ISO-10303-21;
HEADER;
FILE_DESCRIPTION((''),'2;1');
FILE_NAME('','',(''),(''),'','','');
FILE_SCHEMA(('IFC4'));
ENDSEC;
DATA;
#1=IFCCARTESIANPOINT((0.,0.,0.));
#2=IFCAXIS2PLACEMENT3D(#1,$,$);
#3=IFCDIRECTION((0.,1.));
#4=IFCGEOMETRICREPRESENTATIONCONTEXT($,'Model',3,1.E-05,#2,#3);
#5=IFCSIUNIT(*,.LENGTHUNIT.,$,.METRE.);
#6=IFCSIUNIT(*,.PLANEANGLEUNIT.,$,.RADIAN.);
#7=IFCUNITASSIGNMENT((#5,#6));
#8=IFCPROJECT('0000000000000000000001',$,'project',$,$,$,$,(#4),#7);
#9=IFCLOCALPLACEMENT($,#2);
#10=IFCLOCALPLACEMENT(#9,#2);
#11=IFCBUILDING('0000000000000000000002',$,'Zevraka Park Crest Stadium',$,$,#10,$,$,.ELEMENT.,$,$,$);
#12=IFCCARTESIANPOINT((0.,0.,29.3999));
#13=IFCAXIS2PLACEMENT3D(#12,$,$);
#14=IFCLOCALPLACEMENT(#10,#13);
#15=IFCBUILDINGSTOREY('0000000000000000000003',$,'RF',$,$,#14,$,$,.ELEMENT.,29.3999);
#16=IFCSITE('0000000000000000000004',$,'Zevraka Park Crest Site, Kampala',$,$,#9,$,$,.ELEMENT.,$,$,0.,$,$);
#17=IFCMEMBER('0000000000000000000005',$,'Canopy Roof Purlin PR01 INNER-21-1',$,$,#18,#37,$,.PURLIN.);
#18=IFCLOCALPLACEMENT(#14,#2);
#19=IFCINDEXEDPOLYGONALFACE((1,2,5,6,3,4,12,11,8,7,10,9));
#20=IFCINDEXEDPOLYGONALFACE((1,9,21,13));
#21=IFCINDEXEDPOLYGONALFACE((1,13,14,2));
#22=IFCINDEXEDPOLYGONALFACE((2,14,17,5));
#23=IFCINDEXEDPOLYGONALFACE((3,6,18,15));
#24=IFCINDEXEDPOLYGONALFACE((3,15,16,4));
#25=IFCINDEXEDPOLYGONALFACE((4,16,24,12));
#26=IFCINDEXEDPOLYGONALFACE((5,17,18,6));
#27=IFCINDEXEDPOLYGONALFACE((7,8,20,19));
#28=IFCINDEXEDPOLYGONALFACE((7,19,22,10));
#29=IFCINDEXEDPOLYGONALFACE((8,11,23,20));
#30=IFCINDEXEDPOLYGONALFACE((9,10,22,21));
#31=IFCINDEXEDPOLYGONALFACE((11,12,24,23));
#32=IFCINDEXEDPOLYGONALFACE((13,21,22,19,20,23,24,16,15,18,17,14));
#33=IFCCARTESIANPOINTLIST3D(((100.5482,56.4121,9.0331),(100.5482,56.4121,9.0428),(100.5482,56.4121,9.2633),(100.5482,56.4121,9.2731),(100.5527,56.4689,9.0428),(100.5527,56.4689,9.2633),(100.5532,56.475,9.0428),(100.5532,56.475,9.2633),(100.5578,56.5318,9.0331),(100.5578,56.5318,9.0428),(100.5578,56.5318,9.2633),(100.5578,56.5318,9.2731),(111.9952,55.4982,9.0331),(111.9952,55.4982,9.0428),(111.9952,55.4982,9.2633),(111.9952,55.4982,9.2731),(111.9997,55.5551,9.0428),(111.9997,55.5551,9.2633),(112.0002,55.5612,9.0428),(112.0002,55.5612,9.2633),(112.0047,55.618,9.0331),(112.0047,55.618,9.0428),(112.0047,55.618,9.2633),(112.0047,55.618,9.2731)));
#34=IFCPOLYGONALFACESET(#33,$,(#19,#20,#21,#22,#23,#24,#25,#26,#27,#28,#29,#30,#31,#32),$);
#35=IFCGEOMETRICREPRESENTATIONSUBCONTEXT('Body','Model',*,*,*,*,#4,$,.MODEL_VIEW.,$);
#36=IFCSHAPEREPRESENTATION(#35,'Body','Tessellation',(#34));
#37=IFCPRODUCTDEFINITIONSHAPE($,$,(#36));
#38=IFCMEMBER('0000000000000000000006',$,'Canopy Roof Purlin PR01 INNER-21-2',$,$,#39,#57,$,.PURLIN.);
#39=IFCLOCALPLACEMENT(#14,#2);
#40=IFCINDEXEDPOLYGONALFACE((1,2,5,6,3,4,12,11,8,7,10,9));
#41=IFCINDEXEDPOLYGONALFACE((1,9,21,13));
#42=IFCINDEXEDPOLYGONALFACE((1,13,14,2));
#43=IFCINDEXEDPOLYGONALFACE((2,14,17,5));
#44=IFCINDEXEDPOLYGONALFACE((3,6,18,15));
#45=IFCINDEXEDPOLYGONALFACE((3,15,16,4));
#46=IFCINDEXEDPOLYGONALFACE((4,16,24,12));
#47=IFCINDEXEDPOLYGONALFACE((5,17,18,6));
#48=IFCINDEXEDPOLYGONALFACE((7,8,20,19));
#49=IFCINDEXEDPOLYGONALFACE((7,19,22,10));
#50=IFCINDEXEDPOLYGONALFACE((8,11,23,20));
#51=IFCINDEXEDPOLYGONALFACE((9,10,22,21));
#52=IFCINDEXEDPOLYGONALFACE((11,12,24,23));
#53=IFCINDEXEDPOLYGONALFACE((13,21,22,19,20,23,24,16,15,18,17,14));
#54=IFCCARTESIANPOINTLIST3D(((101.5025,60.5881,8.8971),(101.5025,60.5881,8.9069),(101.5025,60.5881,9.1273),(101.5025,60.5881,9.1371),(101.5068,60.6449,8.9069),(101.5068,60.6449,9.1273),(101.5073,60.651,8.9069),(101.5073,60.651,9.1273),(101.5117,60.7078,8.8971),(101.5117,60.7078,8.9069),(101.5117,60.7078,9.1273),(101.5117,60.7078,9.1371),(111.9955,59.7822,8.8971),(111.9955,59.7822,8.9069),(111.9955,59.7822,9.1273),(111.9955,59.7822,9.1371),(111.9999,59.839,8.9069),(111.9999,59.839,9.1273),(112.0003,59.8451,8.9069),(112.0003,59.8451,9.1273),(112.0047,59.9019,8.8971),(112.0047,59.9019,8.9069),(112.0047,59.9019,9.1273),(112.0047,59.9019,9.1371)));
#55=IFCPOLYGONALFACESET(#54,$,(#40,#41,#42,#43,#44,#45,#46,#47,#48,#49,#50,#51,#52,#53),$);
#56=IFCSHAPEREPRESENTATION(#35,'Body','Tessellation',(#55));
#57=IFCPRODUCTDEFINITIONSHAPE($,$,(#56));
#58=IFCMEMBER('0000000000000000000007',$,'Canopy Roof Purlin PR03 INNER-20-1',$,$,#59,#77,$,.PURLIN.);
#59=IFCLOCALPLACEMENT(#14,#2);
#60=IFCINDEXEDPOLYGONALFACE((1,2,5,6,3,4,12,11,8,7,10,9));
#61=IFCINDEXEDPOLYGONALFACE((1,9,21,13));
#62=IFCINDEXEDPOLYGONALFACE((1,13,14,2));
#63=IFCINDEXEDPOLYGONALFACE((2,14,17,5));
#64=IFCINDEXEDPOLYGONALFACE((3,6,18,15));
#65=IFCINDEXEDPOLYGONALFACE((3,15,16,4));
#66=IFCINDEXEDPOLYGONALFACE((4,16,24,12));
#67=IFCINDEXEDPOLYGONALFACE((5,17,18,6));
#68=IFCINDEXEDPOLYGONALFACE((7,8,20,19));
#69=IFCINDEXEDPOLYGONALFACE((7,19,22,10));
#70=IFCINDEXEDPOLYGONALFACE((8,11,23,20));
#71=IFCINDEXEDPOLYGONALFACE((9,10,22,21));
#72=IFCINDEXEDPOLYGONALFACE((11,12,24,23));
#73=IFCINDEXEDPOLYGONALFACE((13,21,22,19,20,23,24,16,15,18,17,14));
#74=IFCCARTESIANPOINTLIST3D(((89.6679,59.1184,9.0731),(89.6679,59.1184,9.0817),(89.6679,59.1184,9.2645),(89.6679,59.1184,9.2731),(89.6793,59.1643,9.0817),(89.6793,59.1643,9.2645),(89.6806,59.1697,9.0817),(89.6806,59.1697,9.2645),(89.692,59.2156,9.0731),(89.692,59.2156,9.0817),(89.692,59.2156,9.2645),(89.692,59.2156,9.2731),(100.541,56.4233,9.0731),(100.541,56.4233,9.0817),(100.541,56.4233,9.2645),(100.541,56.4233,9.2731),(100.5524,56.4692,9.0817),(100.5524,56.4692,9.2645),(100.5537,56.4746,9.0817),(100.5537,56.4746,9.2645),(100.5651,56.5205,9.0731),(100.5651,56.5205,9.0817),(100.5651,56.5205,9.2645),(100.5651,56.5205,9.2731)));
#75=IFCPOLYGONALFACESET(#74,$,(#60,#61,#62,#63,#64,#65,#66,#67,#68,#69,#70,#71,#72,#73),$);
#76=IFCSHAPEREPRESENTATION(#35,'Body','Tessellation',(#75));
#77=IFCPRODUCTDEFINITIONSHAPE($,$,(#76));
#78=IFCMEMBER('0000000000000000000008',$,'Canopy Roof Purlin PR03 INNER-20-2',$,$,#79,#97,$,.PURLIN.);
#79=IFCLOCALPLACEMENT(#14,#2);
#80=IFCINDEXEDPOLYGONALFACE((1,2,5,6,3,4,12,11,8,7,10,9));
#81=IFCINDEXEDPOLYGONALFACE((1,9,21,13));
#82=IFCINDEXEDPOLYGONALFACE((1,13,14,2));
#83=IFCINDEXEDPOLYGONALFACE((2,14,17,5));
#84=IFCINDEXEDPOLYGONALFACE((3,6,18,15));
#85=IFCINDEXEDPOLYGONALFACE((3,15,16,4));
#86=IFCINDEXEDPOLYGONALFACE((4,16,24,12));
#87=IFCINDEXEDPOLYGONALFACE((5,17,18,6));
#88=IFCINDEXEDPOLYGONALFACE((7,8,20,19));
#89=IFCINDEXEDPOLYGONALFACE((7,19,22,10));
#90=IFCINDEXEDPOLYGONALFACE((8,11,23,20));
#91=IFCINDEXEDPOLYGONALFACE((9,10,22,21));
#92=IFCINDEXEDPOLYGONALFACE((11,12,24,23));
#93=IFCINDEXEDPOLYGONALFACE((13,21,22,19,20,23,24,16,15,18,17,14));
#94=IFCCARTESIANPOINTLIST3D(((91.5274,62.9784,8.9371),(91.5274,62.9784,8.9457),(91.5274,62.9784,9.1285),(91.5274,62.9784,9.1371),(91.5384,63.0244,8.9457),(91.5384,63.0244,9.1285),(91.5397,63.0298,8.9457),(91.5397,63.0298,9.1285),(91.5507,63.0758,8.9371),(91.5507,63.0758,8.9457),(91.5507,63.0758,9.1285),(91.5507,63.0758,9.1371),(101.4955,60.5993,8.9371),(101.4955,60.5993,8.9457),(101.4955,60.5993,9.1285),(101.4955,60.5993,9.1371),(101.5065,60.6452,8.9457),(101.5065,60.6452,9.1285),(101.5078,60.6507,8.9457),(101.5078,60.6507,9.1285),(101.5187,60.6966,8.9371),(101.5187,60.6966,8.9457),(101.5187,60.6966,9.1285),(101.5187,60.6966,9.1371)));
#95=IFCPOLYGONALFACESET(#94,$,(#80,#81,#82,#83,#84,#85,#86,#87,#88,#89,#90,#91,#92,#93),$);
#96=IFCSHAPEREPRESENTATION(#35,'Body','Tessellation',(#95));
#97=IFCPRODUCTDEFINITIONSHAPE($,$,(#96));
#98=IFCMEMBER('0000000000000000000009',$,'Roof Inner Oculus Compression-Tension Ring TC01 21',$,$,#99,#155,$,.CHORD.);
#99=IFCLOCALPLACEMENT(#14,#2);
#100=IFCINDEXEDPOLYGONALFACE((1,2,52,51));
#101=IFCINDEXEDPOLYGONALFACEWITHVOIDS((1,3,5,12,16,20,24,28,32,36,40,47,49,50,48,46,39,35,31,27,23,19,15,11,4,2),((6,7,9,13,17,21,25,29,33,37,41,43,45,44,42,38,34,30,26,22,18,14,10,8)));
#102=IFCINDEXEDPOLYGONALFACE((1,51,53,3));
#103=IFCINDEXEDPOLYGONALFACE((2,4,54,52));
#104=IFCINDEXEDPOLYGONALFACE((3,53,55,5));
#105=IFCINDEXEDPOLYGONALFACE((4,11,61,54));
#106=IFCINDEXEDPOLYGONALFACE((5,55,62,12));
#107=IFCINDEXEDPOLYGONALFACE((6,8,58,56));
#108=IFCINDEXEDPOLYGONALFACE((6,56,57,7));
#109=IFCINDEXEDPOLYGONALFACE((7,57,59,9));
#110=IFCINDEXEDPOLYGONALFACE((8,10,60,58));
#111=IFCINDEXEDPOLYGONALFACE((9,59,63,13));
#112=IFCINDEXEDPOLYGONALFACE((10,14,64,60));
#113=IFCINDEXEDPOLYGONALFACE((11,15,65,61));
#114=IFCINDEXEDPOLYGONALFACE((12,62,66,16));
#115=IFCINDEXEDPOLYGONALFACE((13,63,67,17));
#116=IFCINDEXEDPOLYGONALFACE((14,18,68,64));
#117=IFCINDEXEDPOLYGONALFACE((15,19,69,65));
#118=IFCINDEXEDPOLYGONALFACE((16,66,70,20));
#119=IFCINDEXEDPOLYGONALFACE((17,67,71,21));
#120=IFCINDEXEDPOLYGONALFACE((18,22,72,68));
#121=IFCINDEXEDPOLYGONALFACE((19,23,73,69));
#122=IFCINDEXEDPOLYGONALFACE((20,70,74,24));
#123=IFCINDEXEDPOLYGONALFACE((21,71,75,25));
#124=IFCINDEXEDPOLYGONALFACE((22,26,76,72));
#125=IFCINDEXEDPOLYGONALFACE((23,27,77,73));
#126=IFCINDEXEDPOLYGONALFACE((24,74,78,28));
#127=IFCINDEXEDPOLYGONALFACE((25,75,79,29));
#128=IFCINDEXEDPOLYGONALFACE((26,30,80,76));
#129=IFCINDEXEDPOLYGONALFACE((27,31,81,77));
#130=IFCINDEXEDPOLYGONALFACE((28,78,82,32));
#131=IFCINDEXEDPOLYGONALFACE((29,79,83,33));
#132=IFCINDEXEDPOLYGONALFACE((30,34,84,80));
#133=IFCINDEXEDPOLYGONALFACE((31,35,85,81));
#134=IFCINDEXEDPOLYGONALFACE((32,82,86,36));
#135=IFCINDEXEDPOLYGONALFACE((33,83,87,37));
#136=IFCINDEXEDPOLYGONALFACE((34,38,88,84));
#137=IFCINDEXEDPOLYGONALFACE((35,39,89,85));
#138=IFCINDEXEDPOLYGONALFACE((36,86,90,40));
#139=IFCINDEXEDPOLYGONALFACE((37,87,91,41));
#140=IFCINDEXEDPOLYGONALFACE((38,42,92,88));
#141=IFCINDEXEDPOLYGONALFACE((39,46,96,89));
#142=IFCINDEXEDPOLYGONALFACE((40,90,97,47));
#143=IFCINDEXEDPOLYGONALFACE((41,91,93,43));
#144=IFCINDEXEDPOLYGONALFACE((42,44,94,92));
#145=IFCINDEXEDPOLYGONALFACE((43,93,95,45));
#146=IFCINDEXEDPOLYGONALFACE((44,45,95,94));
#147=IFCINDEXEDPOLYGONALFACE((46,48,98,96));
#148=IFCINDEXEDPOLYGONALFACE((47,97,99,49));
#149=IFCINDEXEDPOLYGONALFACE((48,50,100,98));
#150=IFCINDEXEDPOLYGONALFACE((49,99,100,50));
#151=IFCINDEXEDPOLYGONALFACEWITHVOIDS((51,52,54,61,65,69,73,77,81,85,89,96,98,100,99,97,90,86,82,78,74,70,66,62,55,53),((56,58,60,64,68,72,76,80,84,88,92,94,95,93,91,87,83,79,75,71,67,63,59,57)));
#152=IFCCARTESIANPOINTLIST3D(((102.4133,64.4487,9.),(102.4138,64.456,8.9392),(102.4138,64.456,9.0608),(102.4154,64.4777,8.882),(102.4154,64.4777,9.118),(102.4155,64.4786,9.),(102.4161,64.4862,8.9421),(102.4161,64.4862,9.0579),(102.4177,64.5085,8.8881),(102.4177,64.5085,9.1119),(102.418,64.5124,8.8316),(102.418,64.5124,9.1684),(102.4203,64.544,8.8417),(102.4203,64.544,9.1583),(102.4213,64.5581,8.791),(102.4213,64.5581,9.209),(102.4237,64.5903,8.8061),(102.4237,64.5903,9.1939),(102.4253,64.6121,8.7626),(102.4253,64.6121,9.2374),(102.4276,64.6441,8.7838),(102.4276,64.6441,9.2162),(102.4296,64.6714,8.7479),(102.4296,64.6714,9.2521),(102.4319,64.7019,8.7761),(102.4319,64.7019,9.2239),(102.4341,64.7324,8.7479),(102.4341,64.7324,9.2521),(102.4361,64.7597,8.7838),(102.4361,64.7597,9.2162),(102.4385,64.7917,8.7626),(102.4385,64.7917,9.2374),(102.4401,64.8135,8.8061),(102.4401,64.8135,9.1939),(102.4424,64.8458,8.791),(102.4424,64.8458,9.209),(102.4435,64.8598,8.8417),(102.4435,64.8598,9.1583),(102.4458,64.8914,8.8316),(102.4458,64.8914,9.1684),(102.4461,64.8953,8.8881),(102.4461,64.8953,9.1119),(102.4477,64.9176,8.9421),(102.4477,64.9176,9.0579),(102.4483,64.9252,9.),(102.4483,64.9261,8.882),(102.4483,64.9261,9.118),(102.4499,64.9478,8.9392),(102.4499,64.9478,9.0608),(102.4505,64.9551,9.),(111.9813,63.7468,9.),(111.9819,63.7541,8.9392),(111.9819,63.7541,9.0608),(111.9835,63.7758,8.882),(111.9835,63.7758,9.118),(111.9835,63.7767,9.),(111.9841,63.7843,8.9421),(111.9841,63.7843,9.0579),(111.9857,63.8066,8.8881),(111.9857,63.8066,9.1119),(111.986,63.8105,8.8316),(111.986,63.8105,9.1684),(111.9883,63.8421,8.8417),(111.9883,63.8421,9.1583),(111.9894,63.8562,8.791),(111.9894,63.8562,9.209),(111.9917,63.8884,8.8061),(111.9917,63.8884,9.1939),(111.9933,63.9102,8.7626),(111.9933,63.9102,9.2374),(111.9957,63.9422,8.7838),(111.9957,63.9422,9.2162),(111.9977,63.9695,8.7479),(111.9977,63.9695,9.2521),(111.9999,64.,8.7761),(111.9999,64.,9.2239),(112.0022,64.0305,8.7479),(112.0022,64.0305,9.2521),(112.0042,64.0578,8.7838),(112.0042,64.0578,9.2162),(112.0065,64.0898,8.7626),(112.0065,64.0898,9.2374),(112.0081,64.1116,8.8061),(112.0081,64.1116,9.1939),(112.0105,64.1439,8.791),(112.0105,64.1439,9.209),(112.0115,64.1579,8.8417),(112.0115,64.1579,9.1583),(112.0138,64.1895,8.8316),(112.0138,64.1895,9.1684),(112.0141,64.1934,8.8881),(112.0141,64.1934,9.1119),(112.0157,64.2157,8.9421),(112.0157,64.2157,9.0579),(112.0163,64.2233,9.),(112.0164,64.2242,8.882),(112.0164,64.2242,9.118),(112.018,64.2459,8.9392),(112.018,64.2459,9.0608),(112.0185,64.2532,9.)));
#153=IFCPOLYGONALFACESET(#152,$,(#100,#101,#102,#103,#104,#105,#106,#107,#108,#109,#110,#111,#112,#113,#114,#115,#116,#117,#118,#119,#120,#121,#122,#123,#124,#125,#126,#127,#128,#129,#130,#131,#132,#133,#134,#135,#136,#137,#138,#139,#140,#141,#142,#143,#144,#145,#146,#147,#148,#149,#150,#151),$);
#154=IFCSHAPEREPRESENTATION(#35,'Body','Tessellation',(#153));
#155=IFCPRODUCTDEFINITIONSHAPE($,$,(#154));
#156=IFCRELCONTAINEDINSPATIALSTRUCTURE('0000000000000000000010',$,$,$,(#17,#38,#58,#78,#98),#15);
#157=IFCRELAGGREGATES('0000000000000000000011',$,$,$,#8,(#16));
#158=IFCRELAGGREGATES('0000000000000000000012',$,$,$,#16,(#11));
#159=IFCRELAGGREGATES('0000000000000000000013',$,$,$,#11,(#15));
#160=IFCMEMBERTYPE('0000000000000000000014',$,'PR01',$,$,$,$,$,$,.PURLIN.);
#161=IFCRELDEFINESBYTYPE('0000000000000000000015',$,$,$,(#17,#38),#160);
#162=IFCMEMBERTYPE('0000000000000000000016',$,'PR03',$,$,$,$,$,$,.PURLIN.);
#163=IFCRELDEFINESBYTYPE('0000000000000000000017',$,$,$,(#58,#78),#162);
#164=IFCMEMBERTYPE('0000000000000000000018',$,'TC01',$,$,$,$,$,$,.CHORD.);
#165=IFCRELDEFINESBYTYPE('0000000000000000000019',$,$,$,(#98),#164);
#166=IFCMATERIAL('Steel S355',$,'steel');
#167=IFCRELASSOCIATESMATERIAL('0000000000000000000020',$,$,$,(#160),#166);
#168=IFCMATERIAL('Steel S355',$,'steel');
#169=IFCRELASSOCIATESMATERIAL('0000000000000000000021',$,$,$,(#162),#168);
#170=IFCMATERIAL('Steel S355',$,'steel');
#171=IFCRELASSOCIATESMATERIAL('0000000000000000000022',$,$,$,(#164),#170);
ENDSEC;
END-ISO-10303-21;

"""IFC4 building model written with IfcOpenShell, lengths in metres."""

from ifc_helpers import new_model, si_unit, direction, frame, origin, origin_2d, place, context, subcontext, project, spatial, hollow_circle, i_section, extrude, material, material_profile, profile_set, type_object, element, save


model = new_model("IFC4")

# Units and contexts
model_context = context("Model", 3, precision=1e-05, world=origin(), true_north=direction((0.0, 1.0)))
body_context = subcontext(model_context, "Body", "Model", "MODEL_VIEW")
ifc_project = project(units=[si_unit("LENGTHUNIT", "METRE"), si_unit("PLANEANGLEUNIT", "RADIAN")], contexts=[model_context])

# Site, building, storey
site_placement = place(None, origin())
site = spatial("IfcSite", under=ifc_project, at=site_placement, Name="Zevraka Park Crest Site, Kampala", CompositionType="ELEMENT", RefElevation=0.0)
building_placement = place(site_placement, origin())
building = spatial("IfcBuilding", under=site, at=building_placement, Name="Zevraka Park Crest Stadium", CompositionType="ELEMENT")
storey_placement = place(building_placement, frame((0.0, 0.0, 29.3999)))
storey = spatial("IfcBuildingStorey", under=building, at=storey_placement, Name="RF", CompositionType="ELEMENT", Elevation=29.3999)

# Members
ifc_material_1 = material(Name="Steel S355", Category="steel")
ifc_material_profile_1 = material_profile(ifc_material_1, i_section(OverallWidth=0.1201, OverallDepth=0.24, WebThickness=0.0061, FlangeThickness=0.0098, at=origin_2d()), Name="IPE 240")
ifc_profile_set_1 = profile_set([ifc_material_profile_1], Name="Steel S355")
member_type_1 = type_object("IfcMemberType", Name="PR01", PredefinedType="PURLIN", material=ifc_profile_set_1)
member_1_placement = place(storey_placement, frame((100.553, 56.4719, 9.1531), z_axis=(0.996829, -0.079577, 0.0), x_axis=(0.079577, 0.996829, 0.0)))
element("IfcMember", 1, at=member_1_placement, inside=storey, type_object=member_type_1, Name="Canopy Roof Purlin PR01 INNER-21-1", PredefinedType="PURLIN", context=body_context, shape_type="SweptSolid", body=[
    extrude(i_section(OverallWidth=0.1201, OverallDepth=0.24, WebThickness=0.0061, FlangeThickness=0.0098, at=origin_2d()), origin(), (0.0, 0.0, 1.0), 11.4834),
])
member_2_placement = place(storey_placement, frame((101.5071, 60.6479, 9.0171), z_axis=(0.997063, -0.076579, 0.0), x_axis=(0.076579, 0.997063, 0.0)))
element("IfcMember", 2, at=member_2_placement, inside=storey, type_object=member_type_1, Name="Canopy Roof Purlin PR01 INNER-21-2", PredefinedType="PURLIN", context=body_context, shape_type="SweptSolid", body=[
    extrude(i_section(OverallWidth=0.1201, OverallDepth=0.24, WebThickness=0.0061, FlangeThickness=0.0098, at=origin_2d()), origin(), (0.0, 0.0, 1.0), 10.5239),
])
ifc_material_2 = material(Name="Steel S355", Category="steel")
ifc_material_profile_2 = material_profile(ifc_material_2, i_section(OverallWidth=0.1001, OverallDepth=0.2, WebThickness=0.0056, FlangeThickness=0.0085, at=origin_2d()), Name="IPE 200")
ifc_profile_set_2 = profile_set([ifc_material_profile_2], Name="Steel S355")
member_type_2 = type_object("IfcMemberType", Name="PR03", PredefinedType="PURLIN", material=ifc_profile_set_2)
member_3_placement = place(storey_placement, frame((89.6799, 59.167, 9.1731), z_axis=(0.970628, -0.240586, 0.0), x_axis=(0.240586, 0.970628, 0.0)))
element("IfcMember", 3, at=member_3_placement, inside=storey, type_object=member_type_2, Name="Canopy Roof Purlin PR03 INNER-20-1", PredefinedType="PURLIN", context=body_context, shape_type="SweptSolid", body=[
    extrude(i_section(OverallWidth=0.1001, OverallDepth=0.2, WebThickness=0.0056, FlangeThickness=0.0085, at=origin_2d()), origin(), (0.0, 0.0, 1.0), 11.2021),
])
member_4_placement = place(storey_placement, frame((91.5391, 63.0271, 9.0371), z_axis=(0.972678, -0.232157, 0.0), x_axis=(0.232157, 0.972678, 0.0)))
element("IfcMember", 4, at=member_4_placement, inside=storey, type_object=member_type_2, Name="Canopy Roof Purlin PR03 INNER-20-2", PredefinedType="PURLIN", context=body_context, shape_type="SweptSolid", body=[
    extrude(i_section(OverallWidth=0.1001, OverallDepth=0.2, WebThickness=0.0056, FlangeThickness=0.0085, at=origin_2d()), origin(), (0.0, 0.0, 1.0), 10.248),
])
ifc_material_3 = material(Name="Steel S355", Category="steel")
ifc_material_profile_3 = material_profile(ifc_material_3, hollow_circle(Radius=0.2539, WallThickness=0.03, at=origin_2d()), Name="CHS 508.0x30")
ifc_profile_set_3 = profile_set([ifc_material_profile_3], Name="Steel S355")
member_type_3 = type_object("IfcMemberType", Name="TC01", PredefinedType="CHORD", material=ifc_profile_set_3)
member_5_placement = place(storey_placement, frame((102.4319, 64.7019, 9.0), z_axis=(0.99732, -0.073162, 0.0), x_axis=(0.073162, 0.99732, 0.0)))
element("IfcMember", 5, at=member_5_placement, inside=storey, type_object=member_type_3, Name="Roof Inner Oculus Compression-Tension Ring TC01 21", PredefinedType="CHORD", context=body_context, shape_type="SweptSolid", body=[
    extrude(hollow_circle(Radius=0.2539, WallThickness=0.03, at=origin_2d()), origin(), (0.0, 0.0, 1.0), 9.5938),
])

save(model, "model.ifc")
